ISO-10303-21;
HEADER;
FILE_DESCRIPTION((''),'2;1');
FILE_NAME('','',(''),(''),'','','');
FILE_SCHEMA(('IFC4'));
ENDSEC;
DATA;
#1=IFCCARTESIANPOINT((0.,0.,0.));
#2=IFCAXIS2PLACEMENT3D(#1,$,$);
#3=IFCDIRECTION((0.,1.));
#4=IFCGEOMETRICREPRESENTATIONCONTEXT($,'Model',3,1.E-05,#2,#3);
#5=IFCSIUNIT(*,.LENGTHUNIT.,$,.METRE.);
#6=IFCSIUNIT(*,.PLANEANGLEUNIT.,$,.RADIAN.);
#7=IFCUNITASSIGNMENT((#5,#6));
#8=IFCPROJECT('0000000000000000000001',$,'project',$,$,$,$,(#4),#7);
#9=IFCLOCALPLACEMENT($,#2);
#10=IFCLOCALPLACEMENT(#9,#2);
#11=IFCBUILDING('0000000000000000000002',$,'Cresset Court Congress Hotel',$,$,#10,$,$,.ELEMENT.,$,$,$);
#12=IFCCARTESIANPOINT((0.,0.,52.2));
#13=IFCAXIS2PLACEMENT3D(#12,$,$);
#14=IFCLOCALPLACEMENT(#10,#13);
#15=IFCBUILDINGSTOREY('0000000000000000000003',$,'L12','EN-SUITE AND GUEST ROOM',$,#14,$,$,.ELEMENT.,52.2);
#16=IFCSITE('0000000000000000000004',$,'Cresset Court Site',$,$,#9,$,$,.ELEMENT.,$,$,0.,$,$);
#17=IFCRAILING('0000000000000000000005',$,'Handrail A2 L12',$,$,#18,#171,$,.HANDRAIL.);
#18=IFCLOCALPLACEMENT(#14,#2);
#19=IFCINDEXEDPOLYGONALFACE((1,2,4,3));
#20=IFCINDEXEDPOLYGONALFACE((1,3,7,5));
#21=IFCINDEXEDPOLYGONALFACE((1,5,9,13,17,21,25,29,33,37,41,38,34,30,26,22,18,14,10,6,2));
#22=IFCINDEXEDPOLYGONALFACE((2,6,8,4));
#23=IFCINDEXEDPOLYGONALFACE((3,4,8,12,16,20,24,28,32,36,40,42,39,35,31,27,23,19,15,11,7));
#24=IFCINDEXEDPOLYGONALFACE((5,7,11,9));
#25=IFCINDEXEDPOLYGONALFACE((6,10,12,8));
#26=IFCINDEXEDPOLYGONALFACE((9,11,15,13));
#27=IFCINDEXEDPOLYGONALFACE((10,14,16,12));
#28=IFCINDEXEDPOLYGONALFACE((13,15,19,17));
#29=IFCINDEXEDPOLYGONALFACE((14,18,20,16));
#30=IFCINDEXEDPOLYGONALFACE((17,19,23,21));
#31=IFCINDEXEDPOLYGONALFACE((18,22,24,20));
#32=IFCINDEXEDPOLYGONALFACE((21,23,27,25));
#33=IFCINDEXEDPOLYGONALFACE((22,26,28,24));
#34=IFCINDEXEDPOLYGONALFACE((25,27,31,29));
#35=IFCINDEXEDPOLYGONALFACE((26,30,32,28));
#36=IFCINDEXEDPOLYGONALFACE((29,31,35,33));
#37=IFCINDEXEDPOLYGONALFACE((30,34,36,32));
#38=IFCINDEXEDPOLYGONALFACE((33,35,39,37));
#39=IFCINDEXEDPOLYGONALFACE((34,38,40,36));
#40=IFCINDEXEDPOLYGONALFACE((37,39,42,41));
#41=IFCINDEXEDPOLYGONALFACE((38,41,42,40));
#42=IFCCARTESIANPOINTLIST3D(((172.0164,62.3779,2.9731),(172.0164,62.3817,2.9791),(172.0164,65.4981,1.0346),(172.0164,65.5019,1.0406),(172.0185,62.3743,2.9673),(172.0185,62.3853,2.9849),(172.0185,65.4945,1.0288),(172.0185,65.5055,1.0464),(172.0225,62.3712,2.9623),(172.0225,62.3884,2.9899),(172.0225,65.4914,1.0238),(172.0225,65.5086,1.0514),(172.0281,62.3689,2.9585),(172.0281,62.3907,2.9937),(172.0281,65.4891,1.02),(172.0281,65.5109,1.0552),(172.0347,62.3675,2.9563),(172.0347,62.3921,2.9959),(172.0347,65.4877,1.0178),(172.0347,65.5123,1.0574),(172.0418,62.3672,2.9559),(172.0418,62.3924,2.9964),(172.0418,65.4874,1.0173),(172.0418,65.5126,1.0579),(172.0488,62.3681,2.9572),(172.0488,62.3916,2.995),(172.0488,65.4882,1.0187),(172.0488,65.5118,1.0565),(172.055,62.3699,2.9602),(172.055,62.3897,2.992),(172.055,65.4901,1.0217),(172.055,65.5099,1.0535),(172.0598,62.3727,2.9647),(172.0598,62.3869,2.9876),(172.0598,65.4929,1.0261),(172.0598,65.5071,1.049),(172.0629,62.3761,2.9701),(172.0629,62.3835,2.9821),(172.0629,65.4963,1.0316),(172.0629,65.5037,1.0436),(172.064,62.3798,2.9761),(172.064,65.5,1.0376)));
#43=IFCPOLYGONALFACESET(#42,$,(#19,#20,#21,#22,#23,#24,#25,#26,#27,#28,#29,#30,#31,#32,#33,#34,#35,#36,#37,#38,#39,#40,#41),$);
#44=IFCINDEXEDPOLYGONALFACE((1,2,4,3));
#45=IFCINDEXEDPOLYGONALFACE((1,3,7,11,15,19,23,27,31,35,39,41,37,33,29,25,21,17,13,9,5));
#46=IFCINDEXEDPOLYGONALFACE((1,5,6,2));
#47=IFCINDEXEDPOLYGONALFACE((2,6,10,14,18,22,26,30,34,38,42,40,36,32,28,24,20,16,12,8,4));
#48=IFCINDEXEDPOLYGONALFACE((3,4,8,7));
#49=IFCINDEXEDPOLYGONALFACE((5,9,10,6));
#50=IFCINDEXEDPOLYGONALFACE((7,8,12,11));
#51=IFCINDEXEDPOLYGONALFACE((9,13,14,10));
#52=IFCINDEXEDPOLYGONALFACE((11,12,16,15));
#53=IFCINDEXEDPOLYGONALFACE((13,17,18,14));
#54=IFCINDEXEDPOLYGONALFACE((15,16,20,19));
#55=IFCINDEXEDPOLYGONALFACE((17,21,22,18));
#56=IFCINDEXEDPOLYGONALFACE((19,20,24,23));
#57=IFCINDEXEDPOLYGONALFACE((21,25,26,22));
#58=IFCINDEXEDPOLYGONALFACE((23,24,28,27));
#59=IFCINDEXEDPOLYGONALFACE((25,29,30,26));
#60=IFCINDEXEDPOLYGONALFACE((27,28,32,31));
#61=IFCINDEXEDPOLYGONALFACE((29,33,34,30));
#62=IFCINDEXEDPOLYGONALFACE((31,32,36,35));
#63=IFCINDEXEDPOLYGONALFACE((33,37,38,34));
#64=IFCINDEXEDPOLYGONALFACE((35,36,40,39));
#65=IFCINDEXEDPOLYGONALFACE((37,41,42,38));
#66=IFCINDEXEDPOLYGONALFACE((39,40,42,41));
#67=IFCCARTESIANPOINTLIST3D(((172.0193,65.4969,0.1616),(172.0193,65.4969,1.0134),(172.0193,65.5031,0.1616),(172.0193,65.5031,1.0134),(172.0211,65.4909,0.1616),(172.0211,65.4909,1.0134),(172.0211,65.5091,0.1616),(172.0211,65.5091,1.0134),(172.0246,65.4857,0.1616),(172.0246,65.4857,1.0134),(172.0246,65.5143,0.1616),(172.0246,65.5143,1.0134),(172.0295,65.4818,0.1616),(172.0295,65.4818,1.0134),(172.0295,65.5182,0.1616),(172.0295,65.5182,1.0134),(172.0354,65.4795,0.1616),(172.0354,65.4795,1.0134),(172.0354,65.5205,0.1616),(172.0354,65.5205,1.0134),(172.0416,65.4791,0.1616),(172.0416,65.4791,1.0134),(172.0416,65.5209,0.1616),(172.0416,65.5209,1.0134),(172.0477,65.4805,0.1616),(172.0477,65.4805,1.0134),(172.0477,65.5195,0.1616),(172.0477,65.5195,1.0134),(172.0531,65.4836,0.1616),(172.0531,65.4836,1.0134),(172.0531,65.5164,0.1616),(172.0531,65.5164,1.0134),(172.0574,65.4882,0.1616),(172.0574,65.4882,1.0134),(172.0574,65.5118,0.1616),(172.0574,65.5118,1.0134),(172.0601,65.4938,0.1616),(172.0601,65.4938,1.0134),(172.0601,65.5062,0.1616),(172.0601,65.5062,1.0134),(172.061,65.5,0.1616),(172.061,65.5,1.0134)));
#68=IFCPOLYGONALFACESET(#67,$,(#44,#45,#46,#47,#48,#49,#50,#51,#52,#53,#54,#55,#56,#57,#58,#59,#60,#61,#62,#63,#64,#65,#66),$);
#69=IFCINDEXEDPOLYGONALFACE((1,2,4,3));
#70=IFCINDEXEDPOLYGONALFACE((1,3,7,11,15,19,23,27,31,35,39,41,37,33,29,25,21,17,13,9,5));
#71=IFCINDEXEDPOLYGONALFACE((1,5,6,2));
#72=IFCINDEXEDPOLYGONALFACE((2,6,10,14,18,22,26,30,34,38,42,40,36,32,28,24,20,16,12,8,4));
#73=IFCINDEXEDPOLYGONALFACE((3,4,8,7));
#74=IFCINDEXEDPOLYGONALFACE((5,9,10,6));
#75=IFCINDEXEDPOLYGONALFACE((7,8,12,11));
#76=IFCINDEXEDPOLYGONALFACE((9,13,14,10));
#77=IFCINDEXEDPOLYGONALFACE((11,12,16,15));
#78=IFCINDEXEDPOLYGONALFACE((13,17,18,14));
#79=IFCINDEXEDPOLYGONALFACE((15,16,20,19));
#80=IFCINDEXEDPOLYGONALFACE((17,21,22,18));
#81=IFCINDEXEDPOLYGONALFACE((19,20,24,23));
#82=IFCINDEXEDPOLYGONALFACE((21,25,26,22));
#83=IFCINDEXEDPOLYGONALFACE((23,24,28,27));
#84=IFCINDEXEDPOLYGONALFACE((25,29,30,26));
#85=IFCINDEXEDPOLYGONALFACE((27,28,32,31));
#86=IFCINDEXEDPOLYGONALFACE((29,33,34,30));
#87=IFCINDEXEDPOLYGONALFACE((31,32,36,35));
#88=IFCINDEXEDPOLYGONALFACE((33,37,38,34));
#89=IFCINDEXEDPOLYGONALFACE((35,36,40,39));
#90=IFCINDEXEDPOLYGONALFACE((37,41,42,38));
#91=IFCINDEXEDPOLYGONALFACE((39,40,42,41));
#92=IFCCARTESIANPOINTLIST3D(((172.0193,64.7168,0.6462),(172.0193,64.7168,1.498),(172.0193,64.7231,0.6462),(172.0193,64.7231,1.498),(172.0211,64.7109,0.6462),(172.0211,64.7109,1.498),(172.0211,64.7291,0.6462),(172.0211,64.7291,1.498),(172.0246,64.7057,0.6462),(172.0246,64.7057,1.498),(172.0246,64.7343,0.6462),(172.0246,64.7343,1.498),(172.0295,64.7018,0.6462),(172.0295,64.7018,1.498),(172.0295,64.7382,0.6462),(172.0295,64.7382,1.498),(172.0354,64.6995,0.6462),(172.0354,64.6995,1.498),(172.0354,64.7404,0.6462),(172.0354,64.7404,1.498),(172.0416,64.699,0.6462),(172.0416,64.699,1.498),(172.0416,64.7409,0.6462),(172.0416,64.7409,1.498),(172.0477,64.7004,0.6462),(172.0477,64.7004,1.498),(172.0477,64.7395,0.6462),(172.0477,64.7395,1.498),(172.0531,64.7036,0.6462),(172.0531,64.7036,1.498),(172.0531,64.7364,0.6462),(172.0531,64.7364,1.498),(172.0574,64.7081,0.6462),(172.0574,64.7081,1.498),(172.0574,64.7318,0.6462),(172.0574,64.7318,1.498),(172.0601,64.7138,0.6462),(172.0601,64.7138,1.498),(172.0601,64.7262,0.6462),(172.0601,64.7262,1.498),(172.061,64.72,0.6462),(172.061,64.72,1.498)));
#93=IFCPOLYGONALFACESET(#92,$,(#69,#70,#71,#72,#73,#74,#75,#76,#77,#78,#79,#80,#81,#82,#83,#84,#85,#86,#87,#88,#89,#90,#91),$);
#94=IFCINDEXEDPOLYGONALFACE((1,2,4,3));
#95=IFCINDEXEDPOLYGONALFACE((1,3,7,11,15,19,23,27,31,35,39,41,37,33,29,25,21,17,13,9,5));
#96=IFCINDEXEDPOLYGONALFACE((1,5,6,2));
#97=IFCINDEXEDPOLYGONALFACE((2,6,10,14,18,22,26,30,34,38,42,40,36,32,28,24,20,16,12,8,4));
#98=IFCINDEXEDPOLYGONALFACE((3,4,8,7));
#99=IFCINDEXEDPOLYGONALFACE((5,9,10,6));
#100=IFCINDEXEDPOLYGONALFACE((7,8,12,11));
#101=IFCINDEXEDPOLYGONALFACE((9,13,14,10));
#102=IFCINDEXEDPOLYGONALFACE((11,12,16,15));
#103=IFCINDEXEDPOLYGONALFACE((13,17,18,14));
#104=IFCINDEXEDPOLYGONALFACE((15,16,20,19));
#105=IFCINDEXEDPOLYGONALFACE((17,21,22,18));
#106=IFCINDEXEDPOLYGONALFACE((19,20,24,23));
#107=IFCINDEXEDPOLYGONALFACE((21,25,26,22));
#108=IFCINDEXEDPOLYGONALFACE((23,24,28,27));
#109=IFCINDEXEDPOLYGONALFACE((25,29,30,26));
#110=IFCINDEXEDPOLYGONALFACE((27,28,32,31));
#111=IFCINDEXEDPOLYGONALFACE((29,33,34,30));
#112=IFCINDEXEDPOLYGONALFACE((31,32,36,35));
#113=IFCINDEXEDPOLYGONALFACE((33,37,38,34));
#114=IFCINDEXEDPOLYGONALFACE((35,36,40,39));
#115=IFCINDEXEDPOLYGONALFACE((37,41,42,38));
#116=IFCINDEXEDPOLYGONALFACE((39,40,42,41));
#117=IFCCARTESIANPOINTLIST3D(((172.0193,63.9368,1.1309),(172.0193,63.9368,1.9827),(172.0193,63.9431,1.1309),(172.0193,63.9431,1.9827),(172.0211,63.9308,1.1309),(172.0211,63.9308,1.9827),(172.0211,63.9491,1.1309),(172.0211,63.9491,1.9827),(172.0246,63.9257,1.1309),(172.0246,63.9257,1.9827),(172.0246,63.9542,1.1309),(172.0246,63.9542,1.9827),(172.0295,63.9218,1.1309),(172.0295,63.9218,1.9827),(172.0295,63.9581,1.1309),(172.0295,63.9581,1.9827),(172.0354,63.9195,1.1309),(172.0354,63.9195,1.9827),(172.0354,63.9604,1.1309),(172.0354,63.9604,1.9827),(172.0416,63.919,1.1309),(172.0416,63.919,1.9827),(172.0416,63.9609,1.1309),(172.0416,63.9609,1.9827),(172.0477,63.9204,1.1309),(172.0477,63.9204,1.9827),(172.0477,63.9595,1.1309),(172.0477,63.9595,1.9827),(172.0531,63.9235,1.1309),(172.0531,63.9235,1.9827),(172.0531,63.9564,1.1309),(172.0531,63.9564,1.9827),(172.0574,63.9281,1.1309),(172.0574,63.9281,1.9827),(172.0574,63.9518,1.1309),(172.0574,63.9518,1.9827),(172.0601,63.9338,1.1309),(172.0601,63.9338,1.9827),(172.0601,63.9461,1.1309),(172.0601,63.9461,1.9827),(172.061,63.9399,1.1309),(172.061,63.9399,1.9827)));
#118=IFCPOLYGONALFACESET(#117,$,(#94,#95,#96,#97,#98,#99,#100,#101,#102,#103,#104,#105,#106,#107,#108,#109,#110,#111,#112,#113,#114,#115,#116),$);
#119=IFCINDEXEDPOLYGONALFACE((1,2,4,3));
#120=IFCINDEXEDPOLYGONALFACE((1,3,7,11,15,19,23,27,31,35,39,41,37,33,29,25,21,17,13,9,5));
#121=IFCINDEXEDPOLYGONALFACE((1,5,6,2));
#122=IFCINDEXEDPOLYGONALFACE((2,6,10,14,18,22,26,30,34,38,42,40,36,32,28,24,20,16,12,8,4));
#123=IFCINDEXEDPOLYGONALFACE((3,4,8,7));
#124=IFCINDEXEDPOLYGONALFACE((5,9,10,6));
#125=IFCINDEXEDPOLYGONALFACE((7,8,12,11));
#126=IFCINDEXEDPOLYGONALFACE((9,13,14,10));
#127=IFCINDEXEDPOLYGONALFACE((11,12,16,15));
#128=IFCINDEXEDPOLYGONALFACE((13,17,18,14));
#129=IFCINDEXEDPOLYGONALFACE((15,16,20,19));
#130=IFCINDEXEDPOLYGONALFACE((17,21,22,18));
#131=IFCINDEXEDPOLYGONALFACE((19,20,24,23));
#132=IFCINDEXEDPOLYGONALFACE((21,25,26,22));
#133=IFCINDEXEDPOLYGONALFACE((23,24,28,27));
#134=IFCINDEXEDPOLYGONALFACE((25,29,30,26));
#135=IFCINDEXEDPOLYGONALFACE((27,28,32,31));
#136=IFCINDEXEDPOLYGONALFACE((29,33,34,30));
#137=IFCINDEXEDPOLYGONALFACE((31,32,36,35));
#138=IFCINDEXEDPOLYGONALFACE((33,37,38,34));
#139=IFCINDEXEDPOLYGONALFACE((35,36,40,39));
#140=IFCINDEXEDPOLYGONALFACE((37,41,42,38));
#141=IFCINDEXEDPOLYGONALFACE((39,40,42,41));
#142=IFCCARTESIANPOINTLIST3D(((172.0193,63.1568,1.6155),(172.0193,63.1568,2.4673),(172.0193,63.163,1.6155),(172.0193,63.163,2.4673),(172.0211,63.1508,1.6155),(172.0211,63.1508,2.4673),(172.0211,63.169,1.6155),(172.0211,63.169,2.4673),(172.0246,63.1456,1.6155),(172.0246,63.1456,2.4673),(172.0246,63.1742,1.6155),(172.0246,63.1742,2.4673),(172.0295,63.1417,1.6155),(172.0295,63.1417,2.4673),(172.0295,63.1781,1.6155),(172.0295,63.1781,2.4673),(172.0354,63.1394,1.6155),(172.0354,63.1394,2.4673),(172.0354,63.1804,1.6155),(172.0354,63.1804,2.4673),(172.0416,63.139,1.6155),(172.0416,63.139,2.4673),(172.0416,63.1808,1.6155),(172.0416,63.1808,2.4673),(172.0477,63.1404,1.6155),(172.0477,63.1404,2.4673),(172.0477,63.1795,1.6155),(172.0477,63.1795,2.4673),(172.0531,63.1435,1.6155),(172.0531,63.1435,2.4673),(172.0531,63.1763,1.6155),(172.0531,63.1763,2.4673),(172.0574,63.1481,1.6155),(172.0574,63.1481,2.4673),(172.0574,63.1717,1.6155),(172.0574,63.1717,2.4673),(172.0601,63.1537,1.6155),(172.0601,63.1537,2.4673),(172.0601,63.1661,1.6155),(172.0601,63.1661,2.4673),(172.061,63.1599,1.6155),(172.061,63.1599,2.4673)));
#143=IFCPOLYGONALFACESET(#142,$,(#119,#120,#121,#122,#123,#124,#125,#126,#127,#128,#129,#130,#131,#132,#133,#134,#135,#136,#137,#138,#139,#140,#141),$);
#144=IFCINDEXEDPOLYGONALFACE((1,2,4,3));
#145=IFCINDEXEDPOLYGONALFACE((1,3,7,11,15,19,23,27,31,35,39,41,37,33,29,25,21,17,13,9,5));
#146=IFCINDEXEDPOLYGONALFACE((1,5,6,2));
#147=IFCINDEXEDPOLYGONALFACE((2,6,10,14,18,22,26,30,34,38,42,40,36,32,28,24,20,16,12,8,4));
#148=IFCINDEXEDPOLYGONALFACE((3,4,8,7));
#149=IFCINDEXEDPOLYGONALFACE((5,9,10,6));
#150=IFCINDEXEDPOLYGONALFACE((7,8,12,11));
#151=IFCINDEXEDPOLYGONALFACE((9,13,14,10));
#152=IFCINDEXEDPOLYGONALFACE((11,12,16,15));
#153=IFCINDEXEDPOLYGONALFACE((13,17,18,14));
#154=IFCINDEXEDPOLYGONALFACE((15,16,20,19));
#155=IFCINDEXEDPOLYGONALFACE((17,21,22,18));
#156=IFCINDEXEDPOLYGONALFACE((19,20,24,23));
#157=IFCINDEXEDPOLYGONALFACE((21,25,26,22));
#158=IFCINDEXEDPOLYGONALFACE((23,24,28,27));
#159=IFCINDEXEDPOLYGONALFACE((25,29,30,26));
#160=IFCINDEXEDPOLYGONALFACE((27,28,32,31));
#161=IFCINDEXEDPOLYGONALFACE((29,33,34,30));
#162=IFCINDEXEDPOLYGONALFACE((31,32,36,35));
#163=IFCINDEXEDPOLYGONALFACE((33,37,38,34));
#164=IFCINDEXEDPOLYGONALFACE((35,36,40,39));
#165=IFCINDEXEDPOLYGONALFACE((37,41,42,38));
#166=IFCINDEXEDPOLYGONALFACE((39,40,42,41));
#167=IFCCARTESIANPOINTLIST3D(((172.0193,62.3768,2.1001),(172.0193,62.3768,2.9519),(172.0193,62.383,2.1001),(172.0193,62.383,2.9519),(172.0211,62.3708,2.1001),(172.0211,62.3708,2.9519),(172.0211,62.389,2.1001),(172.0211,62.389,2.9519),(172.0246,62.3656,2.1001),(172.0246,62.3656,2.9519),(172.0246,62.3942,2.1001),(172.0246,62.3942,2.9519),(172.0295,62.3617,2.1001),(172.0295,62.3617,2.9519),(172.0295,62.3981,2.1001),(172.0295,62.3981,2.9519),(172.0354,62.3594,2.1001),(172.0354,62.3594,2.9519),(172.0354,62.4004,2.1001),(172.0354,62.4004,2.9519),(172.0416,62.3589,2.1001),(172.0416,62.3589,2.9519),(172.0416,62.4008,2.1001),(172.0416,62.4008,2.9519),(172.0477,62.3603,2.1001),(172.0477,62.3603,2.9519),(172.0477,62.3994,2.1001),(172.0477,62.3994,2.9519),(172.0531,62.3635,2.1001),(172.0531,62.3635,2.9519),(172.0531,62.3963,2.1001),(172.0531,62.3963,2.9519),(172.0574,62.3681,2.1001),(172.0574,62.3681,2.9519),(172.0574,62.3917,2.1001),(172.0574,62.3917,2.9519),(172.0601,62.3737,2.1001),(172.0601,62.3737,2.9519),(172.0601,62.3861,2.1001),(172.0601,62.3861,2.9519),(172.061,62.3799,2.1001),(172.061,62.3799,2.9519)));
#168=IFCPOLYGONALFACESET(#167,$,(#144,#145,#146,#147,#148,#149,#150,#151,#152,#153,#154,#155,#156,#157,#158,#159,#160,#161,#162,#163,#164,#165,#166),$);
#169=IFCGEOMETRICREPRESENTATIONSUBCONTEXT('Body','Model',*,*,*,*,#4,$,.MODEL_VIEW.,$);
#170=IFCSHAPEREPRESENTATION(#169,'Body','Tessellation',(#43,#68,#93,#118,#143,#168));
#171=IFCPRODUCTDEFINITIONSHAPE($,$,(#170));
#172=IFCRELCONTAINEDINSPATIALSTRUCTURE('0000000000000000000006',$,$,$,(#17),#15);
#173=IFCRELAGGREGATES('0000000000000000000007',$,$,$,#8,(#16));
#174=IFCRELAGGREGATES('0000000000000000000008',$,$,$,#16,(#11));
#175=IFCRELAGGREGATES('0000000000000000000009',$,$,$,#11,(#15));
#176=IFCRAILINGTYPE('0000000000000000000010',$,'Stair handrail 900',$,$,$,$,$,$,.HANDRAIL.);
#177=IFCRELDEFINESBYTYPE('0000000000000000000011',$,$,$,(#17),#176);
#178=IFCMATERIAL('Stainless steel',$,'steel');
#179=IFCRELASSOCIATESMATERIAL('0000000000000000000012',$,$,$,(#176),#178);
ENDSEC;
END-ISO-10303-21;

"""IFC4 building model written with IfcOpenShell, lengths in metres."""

from ifc_helpers import new_model, si_unit, direction, frame, origin, origin_2d, place, context, subcontext, project, spatial, circle, extrude, material, type_object, element, save


model = new_model("IFC4")

# Units and contexts
model_context = context("Model", 3, precision=1e-05, world=origin(), true_north=direction((0.0, 1.0)))
body_context = subcontext(model_context, "Body", "Model", "MODEL_VIEW")
ifc_project = project(units=[si_unit("LENGTHUNIT", "METRE"), si_unit("PLANEANGLEUNIT", "RADIAN")], contexts=[model_context])

# Site, building, storey
site_placement = place(None, origin())
site = spatial("IfcSite", under=ifc_project, at=site_placement, Name="Cresset Court Site", CompositionType="ELEMENT", RefElevation=0.0)
building_placement = place(site_placement, origin())
building = spatial("IfcBuilding", under=site, at=building_placement, Name="Cresset Court Congress Hotel", CompositionType="ELEMENT")
storey_placement = place(building_placement, frame((0.0, 0.0, 52.2)))
storey = spatial("IfcBuildingStorey", under=building, at=storey_placement, Name="L12", Description="EN-SUITE AND GUEST ROOM", CompositionType="ELEMENT", Elevation=52.2)

# Railing
ifc_material_1 = material(Name="Stainless steel", Category="steel")
railing_type_1 = type_object("IfcRailingType", Name="Stair handrail 900", PredefinedType="HANDRAIL", material=ifc_material_1)
for number, where, name in (
    (1, (172.04, 65.5, 0.1616), "Handrail A2 L12"),
):
    element("IfcRailing", number, at=place(storey_placement, frame(where)), inside=storey, type_object=railing_type_1, Name=name, PredefinedType="HANDRAIL", context=body_context, shape_type="SweptSolid", body=[
        extrude(circle(Radius=0.0239, at=origin_2d()), frame((0.0, 0.0, 0.876), z_axis=(0.0, -0.849414, 0.527727), x_axis=(1.0, 0.0, 0.0)), (0.0, 0.0, 1.0), 3.6733),
        extrude(circle(Radius=0.021, at=origin_2d()), origin(), (0.0, 0.0, 1.0), 0.8518),
        extrude(circle(Radius=0.021, at=origin_2d()), frame((0.0, -0.78, 0.4846)), (0.0, 0.0, 1.0), 0.8518),
        extrude(circle(Radius=0.021, at=origin_2d()), frame((0.0, -1.5601, 0.9692)), (0.0, 0.0, 1.0), 0.8518),
        extrude(circle(Radius=0.021, at=origin_2d()), frame((0.0, -2.3401, 1.4539)), (0.0, 0.0, 1.0), 0.8518),
        extrude(circle(Radius=0.021, at=origin_2d()), frame((0.0, -3.1201, 1.9385)), (0.0, 0.0, 1.0), 0.8518),
    ])

save(model, "model.ifc")
